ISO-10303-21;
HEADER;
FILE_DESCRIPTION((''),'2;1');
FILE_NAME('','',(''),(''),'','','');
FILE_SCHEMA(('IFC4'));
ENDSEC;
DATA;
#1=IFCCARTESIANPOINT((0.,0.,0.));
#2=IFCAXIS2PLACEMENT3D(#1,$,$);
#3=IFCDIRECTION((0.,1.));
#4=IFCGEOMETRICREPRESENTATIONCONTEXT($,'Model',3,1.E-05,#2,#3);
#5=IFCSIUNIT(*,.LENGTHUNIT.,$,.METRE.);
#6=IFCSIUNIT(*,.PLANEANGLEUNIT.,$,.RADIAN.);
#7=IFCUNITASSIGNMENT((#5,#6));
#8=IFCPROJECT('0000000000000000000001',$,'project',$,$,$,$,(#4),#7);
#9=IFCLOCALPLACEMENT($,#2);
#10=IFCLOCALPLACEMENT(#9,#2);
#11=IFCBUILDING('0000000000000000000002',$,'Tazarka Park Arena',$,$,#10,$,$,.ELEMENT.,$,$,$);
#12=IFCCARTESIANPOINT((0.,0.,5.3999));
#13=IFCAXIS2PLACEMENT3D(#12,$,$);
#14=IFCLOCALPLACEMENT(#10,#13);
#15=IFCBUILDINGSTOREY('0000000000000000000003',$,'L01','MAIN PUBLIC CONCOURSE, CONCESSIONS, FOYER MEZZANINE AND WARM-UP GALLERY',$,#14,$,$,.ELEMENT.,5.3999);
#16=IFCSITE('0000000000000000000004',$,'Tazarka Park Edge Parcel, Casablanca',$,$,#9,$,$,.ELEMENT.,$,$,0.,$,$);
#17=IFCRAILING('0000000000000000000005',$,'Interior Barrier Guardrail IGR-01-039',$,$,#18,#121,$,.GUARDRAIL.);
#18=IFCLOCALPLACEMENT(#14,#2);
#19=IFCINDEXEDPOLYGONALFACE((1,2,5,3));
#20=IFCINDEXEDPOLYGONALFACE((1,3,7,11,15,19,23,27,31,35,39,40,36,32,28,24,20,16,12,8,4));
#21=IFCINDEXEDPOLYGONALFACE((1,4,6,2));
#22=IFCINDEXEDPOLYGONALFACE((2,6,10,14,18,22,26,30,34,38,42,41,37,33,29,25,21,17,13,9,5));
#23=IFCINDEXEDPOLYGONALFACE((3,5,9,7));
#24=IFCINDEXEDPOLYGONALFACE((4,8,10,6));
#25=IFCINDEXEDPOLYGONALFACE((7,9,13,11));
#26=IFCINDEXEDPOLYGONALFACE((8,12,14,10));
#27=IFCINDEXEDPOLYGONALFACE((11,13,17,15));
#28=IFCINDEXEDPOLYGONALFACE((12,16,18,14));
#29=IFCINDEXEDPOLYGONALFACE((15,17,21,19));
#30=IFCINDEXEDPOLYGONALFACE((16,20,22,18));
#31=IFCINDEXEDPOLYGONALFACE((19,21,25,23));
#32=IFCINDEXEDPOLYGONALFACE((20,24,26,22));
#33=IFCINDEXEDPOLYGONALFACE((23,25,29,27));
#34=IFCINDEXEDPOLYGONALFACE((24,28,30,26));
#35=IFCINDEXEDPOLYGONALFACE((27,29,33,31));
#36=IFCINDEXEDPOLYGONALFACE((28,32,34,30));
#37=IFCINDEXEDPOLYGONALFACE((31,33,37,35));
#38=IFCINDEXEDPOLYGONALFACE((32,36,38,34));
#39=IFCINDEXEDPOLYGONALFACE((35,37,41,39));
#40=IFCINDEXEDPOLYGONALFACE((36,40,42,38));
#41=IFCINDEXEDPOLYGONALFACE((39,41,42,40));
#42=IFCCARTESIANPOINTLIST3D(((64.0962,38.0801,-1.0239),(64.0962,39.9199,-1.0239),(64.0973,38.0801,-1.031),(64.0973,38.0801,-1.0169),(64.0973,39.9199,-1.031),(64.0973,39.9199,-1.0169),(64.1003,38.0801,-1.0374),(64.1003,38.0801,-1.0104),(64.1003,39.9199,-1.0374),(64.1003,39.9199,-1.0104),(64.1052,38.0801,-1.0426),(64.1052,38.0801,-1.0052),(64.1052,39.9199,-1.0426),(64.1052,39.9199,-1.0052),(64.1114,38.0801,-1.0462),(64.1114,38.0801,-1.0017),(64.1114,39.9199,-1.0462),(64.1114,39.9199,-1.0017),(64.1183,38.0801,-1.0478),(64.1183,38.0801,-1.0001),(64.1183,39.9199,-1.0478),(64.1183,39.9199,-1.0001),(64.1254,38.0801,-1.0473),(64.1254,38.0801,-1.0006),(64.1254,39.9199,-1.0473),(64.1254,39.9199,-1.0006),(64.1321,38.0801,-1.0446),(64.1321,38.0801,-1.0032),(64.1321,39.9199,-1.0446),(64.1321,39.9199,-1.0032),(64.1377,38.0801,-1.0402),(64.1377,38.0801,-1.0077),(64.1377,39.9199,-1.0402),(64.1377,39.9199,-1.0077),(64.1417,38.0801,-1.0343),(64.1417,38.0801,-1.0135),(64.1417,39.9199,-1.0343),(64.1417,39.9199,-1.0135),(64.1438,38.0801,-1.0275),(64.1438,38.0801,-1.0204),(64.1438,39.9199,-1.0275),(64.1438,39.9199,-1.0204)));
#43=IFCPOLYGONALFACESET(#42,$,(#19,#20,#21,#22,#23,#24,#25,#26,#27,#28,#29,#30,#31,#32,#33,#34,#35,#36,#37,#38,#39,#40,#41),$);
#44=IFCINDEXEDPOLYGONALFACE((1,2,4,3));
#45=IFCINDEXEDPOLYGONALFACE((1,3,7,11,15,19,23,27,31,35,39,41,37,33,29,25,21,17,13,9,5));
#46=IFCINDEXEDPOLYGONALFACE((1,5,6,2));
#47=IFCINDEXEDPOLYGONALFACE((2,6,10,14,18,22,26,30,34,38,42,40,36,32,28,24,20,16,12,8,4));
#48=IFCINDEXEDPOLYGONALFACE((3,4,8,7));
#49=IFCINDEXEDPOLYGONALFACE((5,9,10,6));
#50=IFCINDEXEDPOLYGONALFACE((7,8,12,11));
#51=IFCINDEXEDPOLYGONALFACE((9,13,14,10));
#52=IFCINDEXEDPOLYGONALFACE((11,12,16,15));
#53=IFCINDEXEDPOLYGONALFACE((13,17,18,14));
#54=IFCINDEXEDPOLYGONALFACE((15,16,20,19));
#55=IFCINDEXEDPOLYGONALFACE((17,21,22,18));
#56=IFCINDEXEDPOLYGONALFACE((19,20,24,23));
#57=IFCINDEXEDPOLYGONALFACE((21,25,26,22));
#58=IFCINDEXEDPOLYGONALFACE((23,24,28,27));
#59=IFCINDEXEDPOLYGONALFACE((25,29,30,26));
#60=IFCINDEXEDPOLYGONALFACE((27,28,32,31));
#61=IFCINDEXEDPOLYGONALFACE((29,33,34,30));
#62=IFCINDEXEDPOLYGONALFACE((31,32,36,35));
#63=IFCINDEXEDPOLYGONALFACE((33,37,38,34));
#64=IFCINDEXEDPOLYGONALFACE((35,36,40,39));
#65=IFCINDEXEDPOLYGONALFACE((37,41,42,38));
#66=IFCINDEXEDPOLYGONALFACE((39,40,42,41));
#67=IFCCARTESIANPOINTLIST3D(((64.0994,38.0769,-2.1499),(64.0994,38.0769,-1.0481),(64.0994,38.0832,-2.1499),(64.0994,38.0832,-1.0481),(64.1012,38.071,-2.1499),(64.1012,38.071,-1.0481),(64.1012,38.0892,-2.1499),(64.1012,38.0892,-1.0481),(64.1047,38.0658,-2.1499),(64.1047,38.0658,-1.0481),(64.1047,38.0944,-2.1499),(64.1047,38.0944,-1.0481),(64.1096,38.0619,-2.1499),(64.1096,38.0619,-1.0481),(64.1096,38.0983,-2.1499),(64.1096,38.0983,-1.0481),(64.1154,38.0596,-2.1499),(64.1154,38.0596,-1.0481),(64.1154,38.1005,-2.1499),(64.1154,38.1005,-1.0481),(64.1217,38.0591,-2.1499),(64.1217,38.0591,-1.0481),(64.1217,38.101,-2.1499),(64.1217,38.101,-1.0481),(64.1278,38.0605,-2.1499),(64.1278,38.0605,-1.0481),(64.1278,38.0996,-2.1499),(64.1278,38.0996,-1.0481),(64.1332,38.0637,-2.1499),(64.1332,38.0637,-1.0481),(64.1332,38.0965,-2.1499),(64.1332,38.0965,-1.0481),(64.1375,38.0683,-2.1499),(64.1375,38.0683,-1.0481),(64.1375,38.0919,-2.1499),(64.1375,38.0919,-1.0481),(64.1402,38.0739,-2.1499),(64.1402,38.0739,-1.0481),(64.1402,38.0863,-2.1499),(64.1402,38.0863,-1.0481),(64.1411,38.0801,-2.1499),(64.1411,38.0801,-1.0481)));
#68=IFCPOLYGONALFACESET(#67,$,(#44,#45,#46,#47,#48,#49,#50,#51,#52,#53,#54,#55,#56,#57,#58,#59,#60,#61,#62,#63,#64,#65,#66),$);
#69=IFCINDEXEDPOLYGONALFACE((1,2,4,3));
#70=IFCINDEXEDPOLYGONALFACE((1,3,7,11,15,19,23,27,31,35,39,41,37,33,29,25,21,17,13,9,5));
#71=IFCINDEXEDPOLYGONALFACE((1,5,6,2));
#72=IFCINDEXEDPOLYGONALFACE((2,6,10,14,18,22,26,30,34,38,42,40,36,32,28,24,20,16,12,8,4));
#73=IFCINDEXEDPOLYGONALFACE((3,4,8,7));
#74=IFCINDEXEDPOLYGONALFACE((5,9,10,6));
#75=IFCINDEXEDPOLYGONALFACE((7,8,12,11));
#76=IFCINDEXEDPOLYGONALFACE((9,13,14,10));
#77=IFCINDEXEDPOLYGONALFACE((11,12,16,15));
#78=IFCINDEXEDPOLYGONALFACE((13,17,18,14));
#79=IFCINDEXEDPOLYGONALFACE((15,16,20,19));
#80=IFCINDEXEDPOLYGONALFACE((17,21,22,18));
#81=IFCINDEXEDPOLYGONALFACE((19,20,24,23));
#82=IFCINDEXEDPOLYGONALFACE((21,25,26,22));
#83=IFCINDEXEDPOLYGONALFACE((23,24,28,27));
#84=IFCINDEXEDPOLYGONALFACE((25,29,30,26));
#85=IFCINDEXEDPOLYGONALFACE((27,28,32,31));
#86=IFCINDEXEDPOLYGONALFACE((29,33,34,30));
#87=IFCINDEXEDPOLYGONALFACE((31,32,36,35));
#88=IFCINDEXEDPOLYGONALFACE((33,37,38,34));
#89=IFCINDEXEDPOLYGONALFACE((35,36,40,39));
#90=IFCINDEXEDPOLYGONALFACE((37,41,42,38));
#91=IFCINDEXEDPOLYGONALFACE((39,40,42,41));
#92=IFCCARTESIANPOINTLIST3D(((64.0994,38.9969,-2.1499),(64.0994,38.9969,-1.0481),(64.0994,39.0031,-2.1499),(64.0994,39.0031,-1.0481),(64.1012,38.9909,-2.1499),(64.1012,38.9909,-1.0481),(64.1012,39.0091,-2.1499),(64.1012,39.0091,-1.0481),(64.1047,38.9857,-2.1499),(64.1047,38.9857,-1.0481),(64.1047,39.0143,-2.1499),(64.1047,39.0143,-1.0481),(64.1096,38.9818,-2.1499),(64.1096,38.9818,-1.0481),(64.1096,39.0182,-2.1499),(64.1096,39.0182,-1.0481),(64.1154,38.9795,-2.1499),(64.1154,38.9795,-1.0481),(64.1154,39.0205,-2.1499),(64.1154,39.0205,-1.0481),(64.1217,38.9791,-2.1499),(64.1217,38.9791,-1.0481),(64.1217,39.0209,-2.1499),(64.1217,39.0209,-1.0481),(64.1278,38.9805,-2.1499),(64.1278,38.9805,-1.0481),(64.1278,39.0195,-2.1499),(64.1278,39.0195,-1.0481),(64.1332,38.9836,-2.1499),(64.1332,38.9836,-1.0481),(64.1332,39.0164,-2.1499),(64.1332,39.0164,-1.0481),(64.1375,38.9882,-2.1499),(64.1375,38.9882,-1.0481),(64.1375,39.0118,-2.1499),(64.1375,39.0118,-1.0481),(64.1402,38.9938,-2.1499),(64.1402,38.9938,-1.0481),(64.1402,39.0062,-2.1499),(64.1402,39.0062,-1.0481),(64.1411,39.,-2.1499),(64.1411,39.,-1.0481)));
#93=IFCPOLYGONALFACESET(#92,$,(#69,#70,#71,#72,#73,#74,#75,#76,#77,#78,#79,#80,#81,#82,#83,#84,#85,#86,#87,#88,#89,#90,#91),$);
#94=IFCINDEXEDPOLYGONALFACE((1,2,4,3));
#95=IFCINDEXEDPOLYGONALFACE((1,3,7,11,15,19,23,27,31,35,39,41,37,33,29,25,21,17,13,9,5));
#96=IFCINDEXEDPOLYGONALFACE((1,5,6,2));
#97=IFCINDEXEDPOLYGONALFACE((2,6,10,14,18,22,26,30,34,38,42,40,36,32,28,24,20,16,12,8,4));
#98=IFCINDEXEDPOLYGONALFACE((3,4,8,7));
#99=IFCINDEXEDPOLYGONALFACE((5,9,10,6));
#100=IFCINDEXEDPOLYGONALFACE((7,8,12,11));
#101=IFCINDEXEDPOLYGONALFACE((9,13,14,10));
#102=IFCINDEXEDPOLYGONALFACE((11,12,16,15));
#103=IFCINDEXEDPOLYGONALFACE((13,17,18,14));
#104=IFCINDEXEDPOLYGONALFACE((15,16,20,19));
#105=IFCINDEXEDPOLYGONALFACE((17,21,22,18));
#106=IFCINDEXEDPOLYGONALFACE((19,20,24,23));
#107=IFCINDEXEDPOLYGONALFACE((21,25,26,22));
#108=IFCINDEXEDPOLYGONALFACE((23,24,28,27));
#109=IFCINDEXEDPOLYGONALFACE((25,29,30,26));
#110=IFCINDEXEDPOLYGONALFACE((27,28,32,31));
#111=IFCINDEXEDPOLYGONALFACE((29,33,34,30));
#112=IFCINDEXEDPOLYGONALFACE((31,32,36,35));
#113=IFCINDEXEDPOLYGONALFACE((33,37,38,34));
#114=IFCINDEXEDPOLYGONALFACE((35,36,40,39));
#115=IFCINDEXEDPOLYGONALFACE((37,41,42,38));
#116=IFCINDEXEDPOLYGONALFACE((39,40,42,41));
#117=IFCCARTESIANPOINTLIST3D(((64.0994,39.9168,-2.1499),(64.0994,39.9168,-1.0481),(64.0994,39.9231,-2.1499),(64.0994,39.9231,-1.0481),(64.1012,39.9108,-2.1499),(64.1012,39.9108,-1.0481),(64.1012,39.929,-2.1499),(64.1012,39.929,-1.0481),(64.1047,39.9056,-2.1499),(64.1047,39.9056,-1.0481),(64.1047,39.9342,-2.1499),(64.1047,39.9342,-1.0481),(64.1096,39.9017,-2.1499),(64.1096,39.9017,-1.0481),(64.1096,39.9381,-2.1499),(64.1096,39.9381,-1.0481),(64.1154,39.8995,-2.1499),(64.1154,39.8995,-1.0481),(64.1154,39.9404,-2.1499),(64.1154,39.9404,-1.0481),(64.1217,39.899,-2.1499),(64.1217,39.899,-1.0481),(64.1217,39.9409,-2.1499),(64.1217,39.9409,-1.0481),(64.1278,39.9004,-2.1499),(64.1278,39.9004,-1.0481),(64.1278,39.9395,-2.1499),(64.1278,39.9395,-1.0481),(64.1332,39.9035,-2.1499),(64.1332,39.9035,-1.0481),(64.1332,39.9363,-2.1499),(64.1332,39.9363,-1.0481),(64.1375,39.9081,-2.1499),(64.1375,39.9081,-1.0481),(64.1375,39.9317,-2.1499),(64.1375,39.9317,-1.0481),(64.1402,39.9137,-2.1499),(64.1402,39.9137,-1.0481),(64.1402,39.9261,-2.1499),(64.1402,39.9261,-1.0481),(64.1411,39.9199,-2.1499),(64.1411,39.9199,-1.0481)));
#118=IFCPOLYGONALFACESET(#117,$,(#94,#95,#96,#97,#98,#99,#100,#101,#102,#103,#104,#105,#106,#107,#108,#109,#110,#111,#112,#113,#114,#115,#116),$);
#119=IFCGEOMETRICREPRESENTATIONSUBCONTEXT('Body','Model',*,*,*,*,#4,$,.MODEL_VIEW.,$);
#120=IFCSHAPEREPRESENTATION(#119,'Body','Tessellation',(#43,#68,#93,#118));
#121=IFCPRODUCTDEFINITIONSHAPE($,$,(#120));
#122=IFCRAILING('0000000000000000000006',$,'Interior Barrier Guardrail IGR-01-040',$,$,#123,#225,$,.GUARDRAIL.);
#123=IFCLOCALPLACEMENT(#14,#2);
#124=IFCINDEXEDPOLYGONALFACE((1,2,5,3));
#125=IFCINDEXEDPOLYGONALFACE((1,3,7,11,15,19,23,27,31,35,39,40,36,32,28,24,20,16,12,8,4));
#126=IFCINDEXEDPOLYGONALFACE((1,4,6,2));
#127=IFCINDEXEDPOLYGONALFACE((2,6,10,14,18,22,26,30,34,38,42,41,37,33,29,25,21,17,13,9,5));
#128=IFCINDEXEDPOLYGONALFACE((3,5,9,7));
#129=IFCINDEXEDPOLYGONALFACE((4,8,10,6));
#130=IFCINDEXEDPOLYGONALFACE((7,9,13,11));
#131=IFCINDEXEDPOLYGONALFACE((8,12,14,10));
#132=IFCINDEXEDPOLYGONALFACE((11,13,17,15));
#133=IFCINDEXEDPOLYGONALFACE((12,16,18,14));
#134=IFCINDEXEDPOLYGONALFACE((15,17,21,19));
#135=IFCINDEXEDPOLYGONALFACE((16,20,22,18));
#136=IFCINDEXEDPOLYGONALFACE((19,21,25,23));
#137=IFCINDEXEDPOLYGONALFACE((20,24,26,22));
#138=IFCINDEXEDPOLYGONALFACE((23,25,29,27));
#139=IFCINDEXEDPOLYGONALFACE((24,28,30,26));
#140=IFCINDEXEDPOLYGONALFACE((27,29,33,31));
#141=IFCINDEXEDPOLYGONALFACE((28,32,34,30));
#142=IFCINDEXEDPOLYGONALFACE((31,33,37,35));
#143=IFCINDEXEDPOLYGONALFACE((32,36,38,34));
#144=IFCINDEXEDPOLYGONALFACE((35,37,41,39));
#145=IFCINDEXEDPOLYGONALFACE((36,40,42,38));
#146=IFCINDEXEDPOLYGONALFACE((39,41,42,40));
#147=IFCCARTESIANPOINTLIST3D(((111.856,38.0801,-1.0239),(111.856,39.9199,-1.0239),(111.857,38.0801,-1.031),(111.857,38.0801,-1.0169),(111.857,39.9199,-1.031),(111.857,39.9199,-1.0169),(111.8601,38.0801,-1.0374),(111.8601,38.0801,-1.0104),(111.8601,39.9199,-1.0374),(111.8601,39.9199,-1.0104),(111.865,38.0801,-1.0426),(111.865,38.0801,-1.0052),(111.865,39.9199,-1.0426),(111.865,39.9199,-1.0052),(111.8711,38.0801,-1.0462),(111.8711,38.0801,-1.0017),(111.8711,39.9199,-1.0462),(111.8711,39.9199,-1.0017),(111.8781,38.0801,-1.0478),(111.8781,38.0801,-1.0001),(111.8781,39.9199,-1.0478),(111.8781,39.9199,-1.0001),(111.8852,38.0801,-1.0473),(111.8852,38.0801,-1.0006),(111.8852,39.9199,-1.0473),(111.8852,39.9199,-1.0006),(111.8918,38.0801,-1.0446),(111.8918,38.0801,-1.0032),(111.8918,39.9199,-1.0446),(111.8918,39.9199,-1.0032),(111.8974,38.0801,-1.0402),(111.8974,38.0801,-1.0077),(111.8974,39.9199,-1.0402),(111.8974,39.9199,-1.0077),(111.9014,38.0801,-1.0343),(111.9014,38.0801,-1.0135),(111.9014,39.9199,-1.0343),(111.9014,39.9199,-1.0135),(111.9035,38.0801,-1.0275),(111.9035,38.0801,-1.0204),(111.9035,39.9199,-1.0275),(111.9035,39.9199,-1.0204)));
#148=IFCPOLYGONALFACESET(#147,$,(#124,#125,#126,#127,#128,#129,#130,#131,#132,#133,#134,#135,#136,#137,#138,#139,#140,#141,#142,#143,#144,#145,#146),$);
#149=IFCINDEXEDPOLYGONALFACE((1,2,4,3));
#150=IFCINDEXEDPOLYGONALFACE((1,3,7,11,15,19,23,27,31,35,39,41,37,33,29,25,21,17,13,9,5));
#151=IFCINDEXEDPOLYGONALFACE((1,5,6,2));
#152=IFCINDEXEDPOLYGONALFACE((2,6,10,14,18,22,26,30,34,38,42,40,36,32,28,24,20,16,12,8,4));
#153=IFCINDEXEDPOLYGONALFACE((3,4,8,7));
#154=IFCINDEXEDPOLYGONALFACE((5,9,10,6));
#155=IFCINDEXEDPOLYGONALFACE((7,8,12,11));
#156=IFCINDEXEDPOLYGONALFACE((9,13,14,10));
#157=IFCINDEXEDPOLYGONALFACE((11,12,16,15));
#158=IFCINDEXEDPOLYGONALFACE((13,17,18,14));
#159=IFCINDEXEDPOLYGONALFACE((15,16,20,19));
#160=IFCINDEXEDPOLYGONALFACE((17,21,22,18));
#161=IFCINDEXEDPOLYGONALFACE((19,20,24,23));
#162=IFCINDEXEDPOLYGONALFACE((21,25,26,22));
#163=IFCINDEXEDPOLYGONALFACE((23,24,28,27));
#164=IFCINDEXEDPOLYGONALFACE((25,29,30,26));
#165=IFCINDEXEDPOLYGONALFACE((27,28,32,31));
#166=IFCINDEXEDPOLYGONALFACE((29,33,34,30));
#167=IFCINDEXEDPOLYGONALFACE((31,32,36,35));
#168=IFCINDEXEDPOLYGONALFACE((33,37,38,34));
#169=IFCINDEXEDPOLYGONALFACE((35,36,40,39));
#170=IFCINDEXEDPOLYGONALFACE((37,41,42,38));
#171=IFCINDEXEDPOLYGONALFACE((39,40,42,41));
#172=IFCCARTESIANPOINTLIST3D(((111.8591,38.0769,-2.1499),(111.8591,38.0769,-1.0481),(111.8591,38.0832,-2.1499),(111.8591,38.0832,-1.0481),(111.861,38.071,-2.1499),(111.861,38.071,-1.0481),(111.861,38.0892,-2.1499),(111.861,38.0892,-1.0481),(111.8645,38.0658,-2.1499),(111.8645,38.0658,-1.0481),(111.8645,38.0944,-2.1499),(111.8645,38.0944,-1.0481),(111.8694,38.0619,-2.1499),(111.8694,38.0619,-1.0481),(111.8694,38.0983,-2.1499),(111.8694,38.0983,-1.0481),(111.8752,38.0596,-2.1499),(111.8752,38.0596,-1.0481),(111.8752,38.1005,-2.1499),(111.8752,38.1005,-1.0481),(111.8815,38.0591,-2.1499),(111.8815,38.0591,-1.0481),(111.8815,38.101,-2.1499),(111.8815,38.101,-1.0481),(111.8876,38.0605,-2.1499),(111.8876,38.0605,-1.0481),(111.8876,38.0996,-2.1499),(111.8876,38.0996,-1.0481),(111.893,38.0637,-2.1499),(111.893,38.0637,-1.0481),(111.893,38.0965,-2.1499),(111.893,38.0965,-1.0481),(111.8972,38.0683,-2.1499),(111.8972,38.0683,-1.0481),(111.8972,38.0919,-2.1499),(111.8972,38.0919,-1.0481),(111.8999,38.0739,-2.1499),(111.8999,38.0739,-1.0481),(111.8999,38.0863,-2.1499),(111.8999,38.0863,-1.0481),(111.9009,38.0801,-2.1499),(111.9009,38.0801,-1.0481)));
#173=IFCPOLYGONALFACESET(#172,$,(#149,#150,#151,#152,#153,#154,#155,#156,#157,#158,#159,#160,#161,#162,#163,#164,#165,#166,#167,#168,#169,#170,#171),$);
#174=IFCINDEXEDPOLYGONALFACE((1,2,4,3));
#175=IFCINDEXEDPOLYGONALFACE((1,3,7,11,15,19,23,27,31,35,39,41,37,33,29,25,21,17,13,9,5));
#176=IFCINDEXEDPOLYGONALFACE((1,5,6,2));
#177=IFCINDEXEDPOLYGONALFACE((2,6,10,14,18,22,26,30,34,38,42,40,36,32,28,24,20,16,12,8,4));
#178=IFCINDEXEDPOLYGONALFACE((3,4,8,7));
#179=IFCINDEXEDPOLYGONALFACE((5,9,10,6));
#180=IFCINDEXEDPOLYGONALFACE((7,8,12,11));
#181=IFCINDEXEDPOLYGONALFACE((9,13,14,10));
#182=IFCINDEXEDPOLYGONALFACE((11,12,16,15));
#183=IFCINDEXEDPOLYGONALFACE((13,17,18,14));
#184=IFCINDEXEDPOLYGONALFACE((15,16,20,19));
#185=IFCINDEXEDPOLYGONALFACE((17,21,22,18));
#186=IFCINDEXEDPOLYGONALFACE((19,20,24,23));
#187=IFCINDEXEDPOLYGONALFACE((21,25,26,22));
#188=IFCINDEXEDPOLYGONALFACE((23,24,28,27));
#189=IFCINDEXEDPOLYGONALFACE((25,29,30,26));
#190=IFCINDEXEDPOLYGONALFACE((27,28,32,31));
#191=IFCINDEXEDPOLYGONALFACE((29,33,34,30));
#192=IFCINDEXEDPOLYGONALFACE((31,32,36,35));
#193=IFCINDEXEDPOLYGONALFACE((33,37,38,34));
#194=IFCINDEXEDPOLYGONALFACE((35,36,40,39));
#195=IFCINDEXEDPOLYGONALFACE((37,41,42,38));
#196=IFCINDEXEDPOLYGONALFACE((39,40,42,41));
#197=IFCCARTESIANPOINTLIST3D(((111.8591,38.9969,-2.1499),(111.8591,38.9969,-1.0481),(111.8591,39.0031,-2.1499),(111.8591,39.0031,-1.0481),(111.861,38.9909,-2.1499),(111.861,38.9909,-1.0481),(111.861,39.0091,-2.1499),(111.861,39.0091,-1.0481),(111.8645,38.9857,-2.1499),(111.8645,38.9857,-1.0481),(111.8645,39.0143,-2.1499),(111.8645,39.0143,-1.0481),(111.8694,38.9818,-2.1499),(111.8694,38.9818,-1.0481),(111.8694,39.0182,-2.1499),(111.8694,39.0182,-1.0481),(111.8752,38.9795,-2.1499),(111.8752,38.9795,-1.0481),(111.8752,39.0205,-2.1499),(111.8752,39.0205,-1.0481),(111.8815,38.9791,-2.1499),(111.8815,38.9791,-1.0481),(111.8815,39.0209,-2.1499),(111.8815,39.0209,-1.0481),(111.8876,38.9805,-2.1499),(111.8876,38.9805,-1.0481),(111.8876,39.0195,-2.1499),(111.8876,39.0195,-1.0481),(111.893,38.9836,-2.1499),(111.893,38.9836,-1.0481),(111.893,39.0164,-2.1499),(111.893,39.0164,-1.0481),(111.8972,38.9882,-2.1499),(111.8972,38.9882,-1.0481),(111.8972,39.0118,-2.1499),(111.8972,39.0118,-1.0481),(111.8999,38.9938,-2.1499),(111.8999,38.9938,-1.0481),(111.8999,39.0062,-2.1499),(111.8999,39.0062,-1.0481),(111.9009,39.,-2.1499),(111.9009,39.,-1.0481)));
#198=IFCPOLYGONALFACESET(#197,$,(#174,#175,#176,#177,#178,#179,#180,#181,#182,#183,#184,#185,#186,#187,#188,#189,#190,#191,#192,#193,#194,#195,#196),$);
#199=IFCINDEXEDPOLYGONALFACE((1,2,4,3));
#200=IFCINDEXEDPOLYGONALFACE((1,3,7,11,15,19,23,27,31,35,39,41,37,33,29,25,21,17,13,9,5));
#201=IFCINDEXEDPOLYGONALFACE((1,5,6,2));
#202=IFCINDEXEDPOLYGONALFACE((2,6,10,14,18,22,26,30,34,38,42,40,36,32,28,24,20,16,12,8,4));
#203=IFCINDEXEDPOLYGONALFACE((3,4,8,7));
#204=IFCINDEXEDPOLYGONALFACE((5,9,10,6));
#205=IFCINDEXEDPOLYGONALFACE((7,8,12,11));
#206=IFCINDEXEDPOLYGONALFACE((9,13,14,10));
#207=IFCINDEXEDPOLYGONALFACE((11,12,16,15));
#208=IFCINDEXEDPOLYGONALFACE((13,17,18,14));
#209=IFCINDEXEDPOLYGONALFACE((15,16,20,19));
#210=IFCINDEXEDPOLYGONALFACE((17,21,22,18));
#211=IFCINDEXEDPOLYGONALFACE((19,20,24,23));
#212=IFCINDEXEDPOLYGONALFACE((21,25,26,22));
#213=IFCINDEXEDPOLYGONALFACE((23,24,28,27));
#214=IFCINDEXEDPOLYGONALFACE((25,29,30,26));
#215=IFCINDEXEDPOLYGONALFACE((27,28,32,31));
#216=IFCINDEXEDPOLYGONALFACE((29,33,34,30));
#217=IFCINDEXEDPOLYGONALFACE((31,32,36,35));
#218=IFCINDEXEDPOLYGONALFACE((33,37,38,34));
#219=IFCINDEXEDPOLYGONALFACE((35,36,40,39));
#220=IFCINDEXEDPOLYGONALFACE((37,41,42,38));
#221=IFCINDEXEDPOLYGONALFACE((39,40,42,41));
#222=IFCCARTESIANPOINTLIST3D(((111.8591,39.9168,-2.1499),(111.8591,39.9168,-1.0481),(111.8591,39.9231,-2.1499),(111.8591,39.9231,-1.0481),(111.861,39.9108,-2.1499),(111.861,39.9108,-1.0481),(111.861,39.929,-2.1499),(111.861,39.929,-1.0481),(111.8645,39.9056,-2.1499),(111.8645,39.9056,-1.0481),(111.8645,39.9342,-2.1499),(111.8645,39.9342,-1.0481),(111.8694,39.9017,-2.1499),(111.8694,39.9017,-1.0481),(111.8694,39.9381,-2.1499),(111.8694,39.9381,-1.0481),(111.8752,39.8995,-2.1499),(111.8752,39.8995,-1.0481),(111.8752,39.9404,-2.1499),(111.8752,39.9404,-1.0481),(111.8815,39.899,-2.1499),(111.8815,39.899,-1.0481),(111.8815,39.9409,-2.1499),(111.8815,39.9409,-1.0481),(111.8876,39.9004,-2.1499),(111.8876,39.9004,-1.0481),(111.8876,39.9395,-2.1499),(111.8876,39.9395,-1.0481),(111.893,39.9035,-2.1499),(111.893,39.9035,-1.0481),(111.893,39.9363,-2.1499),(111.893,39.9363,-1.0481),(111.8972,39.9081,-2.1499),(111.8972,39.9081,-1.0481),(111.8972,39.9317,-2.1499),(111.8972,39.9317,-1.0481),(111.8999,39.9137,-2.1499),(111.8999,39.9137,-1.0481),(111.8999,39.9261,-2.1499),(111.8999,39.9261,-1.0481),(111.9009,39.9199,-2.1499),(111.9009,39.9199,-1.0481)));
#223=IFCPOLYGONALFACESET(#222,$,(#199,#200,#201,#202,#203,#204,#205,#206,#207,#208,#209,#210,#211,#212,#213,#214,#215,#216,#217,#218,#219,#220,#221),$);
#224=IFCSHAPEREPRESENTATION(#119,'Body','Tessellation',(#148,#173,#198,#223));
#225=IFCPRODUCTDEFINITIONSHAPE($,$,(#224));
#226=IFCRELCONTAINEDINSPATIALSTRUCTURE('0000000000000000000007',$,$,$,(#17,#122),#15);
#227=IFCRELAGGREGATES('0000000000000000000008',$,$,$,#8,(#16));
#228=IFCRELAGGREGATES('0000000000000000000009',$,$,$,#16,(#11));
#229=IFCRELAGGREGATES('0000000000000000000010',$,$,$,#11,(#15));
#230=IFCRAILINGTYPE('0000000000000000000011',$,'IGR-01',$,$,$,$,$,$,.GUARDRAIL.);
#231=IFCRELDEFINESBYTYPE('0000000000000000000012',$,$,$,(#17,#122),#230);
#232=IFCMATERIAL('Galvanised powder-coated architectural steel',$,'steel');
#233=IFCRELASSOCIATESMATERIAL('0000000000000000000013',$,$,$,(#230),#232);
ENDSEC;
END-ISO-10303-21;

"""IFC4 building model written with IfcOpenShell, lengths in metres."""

from ifc_helpers import new_model, si_unit, direction, frame, origin, origin_2d, place, context, subcontext, project, spatial, circle, extrude, material, type_object, element, save


model = new_model("IFC4")

# Units and contexts
model_context = context("Model", 3, precision=1e-05, world=origin(), true_north=direction((0.0, 1.0)))
body_context = subcontext(model_context, "Body", "Model", "MODEL_VIEW")
ifc_project = project(units=[si_unit("LENGTHUNIT", "METRE"), si_unit("PLANEANGLEUNIT", "RADIAN")], contexts=[model_context])

# Site, building, storey
site_placement = place(None, origin())
site = spatial("IfcSite", under=ifc_project, at=site_placement, Name="Tazarka Park Edge Parcel, Casablanca", CompositionType="ELEMENT", RefElevation=0.0)
building_placement = place(site_placement, origin())
building = spatial("IfcBuilding", under=site, at=building_placement, Name="Tazarka Park Arena", CompositionType="ELEMENT")
storey_placement = place(building_placement, frame((0.0, 0.0, 5.3999)))
storey = spatial("IfcBuildingStorey", under=building, at=storey_placement, Name="L01", Description="MAIN PUBLIC CONCOURSE, CONCESSIONS, FOYER MEZZANINE AND WARM-UP GALLERY", CompositionType="ELEMENT", Elevation=5.3999)

# Railings
ifc_material_1 = material(Name="Galvanised powder-coated architectural steel", Category="steel")
railing_type = type_object("IfcRailingType", Name="IGR-01", PredefinedType="GUARDRAIL", material=ifc_material_1)
for number, where, name in (
    (1, (64.1201, 38.0801, -2.1499), "Interior Barrier Guardrail IGR-01-039"),
    (2, (111.8799, 38.0801, -2.1499), "Interior Barrier Guardrail IGR-01-040"),
):
    element("IfcRailing", number, at=place(storey_placement, frame(where)), inside=storey, type_object=railing_type, Name=name, PredefinedType="GUARDRAIL", context=body_context, shape_type="SweptSolid", body=[
        extrude(circle(Radius=0.0239, at=origin_2d()), frame((0.0, 0.0, 1.126), z_axis=(0.0, 1.0, 0.0), x_axis=(-1.0, 0.0, 0.0)), (0.0, 0.0, 1.0), 1.8398),
        extrude(circle(Radius=0.021, at=origin_2d()), origin(), (0.0, 0.0, 1.0), 1.1018),
        extrude(circle(Radius=0.021, at=origin_2d()), frame((0.0, 0.9199, 0.0)), (0.0, 0.0, 1.0), 1.1018),
        extrude(circle(Radius=0.021, at=origin_2d()), frame((0.0, 1.8398, 0.0)), (0.0, 0.0, 1.0), 1.1018),
    ])

save(model, "model.ifc")
